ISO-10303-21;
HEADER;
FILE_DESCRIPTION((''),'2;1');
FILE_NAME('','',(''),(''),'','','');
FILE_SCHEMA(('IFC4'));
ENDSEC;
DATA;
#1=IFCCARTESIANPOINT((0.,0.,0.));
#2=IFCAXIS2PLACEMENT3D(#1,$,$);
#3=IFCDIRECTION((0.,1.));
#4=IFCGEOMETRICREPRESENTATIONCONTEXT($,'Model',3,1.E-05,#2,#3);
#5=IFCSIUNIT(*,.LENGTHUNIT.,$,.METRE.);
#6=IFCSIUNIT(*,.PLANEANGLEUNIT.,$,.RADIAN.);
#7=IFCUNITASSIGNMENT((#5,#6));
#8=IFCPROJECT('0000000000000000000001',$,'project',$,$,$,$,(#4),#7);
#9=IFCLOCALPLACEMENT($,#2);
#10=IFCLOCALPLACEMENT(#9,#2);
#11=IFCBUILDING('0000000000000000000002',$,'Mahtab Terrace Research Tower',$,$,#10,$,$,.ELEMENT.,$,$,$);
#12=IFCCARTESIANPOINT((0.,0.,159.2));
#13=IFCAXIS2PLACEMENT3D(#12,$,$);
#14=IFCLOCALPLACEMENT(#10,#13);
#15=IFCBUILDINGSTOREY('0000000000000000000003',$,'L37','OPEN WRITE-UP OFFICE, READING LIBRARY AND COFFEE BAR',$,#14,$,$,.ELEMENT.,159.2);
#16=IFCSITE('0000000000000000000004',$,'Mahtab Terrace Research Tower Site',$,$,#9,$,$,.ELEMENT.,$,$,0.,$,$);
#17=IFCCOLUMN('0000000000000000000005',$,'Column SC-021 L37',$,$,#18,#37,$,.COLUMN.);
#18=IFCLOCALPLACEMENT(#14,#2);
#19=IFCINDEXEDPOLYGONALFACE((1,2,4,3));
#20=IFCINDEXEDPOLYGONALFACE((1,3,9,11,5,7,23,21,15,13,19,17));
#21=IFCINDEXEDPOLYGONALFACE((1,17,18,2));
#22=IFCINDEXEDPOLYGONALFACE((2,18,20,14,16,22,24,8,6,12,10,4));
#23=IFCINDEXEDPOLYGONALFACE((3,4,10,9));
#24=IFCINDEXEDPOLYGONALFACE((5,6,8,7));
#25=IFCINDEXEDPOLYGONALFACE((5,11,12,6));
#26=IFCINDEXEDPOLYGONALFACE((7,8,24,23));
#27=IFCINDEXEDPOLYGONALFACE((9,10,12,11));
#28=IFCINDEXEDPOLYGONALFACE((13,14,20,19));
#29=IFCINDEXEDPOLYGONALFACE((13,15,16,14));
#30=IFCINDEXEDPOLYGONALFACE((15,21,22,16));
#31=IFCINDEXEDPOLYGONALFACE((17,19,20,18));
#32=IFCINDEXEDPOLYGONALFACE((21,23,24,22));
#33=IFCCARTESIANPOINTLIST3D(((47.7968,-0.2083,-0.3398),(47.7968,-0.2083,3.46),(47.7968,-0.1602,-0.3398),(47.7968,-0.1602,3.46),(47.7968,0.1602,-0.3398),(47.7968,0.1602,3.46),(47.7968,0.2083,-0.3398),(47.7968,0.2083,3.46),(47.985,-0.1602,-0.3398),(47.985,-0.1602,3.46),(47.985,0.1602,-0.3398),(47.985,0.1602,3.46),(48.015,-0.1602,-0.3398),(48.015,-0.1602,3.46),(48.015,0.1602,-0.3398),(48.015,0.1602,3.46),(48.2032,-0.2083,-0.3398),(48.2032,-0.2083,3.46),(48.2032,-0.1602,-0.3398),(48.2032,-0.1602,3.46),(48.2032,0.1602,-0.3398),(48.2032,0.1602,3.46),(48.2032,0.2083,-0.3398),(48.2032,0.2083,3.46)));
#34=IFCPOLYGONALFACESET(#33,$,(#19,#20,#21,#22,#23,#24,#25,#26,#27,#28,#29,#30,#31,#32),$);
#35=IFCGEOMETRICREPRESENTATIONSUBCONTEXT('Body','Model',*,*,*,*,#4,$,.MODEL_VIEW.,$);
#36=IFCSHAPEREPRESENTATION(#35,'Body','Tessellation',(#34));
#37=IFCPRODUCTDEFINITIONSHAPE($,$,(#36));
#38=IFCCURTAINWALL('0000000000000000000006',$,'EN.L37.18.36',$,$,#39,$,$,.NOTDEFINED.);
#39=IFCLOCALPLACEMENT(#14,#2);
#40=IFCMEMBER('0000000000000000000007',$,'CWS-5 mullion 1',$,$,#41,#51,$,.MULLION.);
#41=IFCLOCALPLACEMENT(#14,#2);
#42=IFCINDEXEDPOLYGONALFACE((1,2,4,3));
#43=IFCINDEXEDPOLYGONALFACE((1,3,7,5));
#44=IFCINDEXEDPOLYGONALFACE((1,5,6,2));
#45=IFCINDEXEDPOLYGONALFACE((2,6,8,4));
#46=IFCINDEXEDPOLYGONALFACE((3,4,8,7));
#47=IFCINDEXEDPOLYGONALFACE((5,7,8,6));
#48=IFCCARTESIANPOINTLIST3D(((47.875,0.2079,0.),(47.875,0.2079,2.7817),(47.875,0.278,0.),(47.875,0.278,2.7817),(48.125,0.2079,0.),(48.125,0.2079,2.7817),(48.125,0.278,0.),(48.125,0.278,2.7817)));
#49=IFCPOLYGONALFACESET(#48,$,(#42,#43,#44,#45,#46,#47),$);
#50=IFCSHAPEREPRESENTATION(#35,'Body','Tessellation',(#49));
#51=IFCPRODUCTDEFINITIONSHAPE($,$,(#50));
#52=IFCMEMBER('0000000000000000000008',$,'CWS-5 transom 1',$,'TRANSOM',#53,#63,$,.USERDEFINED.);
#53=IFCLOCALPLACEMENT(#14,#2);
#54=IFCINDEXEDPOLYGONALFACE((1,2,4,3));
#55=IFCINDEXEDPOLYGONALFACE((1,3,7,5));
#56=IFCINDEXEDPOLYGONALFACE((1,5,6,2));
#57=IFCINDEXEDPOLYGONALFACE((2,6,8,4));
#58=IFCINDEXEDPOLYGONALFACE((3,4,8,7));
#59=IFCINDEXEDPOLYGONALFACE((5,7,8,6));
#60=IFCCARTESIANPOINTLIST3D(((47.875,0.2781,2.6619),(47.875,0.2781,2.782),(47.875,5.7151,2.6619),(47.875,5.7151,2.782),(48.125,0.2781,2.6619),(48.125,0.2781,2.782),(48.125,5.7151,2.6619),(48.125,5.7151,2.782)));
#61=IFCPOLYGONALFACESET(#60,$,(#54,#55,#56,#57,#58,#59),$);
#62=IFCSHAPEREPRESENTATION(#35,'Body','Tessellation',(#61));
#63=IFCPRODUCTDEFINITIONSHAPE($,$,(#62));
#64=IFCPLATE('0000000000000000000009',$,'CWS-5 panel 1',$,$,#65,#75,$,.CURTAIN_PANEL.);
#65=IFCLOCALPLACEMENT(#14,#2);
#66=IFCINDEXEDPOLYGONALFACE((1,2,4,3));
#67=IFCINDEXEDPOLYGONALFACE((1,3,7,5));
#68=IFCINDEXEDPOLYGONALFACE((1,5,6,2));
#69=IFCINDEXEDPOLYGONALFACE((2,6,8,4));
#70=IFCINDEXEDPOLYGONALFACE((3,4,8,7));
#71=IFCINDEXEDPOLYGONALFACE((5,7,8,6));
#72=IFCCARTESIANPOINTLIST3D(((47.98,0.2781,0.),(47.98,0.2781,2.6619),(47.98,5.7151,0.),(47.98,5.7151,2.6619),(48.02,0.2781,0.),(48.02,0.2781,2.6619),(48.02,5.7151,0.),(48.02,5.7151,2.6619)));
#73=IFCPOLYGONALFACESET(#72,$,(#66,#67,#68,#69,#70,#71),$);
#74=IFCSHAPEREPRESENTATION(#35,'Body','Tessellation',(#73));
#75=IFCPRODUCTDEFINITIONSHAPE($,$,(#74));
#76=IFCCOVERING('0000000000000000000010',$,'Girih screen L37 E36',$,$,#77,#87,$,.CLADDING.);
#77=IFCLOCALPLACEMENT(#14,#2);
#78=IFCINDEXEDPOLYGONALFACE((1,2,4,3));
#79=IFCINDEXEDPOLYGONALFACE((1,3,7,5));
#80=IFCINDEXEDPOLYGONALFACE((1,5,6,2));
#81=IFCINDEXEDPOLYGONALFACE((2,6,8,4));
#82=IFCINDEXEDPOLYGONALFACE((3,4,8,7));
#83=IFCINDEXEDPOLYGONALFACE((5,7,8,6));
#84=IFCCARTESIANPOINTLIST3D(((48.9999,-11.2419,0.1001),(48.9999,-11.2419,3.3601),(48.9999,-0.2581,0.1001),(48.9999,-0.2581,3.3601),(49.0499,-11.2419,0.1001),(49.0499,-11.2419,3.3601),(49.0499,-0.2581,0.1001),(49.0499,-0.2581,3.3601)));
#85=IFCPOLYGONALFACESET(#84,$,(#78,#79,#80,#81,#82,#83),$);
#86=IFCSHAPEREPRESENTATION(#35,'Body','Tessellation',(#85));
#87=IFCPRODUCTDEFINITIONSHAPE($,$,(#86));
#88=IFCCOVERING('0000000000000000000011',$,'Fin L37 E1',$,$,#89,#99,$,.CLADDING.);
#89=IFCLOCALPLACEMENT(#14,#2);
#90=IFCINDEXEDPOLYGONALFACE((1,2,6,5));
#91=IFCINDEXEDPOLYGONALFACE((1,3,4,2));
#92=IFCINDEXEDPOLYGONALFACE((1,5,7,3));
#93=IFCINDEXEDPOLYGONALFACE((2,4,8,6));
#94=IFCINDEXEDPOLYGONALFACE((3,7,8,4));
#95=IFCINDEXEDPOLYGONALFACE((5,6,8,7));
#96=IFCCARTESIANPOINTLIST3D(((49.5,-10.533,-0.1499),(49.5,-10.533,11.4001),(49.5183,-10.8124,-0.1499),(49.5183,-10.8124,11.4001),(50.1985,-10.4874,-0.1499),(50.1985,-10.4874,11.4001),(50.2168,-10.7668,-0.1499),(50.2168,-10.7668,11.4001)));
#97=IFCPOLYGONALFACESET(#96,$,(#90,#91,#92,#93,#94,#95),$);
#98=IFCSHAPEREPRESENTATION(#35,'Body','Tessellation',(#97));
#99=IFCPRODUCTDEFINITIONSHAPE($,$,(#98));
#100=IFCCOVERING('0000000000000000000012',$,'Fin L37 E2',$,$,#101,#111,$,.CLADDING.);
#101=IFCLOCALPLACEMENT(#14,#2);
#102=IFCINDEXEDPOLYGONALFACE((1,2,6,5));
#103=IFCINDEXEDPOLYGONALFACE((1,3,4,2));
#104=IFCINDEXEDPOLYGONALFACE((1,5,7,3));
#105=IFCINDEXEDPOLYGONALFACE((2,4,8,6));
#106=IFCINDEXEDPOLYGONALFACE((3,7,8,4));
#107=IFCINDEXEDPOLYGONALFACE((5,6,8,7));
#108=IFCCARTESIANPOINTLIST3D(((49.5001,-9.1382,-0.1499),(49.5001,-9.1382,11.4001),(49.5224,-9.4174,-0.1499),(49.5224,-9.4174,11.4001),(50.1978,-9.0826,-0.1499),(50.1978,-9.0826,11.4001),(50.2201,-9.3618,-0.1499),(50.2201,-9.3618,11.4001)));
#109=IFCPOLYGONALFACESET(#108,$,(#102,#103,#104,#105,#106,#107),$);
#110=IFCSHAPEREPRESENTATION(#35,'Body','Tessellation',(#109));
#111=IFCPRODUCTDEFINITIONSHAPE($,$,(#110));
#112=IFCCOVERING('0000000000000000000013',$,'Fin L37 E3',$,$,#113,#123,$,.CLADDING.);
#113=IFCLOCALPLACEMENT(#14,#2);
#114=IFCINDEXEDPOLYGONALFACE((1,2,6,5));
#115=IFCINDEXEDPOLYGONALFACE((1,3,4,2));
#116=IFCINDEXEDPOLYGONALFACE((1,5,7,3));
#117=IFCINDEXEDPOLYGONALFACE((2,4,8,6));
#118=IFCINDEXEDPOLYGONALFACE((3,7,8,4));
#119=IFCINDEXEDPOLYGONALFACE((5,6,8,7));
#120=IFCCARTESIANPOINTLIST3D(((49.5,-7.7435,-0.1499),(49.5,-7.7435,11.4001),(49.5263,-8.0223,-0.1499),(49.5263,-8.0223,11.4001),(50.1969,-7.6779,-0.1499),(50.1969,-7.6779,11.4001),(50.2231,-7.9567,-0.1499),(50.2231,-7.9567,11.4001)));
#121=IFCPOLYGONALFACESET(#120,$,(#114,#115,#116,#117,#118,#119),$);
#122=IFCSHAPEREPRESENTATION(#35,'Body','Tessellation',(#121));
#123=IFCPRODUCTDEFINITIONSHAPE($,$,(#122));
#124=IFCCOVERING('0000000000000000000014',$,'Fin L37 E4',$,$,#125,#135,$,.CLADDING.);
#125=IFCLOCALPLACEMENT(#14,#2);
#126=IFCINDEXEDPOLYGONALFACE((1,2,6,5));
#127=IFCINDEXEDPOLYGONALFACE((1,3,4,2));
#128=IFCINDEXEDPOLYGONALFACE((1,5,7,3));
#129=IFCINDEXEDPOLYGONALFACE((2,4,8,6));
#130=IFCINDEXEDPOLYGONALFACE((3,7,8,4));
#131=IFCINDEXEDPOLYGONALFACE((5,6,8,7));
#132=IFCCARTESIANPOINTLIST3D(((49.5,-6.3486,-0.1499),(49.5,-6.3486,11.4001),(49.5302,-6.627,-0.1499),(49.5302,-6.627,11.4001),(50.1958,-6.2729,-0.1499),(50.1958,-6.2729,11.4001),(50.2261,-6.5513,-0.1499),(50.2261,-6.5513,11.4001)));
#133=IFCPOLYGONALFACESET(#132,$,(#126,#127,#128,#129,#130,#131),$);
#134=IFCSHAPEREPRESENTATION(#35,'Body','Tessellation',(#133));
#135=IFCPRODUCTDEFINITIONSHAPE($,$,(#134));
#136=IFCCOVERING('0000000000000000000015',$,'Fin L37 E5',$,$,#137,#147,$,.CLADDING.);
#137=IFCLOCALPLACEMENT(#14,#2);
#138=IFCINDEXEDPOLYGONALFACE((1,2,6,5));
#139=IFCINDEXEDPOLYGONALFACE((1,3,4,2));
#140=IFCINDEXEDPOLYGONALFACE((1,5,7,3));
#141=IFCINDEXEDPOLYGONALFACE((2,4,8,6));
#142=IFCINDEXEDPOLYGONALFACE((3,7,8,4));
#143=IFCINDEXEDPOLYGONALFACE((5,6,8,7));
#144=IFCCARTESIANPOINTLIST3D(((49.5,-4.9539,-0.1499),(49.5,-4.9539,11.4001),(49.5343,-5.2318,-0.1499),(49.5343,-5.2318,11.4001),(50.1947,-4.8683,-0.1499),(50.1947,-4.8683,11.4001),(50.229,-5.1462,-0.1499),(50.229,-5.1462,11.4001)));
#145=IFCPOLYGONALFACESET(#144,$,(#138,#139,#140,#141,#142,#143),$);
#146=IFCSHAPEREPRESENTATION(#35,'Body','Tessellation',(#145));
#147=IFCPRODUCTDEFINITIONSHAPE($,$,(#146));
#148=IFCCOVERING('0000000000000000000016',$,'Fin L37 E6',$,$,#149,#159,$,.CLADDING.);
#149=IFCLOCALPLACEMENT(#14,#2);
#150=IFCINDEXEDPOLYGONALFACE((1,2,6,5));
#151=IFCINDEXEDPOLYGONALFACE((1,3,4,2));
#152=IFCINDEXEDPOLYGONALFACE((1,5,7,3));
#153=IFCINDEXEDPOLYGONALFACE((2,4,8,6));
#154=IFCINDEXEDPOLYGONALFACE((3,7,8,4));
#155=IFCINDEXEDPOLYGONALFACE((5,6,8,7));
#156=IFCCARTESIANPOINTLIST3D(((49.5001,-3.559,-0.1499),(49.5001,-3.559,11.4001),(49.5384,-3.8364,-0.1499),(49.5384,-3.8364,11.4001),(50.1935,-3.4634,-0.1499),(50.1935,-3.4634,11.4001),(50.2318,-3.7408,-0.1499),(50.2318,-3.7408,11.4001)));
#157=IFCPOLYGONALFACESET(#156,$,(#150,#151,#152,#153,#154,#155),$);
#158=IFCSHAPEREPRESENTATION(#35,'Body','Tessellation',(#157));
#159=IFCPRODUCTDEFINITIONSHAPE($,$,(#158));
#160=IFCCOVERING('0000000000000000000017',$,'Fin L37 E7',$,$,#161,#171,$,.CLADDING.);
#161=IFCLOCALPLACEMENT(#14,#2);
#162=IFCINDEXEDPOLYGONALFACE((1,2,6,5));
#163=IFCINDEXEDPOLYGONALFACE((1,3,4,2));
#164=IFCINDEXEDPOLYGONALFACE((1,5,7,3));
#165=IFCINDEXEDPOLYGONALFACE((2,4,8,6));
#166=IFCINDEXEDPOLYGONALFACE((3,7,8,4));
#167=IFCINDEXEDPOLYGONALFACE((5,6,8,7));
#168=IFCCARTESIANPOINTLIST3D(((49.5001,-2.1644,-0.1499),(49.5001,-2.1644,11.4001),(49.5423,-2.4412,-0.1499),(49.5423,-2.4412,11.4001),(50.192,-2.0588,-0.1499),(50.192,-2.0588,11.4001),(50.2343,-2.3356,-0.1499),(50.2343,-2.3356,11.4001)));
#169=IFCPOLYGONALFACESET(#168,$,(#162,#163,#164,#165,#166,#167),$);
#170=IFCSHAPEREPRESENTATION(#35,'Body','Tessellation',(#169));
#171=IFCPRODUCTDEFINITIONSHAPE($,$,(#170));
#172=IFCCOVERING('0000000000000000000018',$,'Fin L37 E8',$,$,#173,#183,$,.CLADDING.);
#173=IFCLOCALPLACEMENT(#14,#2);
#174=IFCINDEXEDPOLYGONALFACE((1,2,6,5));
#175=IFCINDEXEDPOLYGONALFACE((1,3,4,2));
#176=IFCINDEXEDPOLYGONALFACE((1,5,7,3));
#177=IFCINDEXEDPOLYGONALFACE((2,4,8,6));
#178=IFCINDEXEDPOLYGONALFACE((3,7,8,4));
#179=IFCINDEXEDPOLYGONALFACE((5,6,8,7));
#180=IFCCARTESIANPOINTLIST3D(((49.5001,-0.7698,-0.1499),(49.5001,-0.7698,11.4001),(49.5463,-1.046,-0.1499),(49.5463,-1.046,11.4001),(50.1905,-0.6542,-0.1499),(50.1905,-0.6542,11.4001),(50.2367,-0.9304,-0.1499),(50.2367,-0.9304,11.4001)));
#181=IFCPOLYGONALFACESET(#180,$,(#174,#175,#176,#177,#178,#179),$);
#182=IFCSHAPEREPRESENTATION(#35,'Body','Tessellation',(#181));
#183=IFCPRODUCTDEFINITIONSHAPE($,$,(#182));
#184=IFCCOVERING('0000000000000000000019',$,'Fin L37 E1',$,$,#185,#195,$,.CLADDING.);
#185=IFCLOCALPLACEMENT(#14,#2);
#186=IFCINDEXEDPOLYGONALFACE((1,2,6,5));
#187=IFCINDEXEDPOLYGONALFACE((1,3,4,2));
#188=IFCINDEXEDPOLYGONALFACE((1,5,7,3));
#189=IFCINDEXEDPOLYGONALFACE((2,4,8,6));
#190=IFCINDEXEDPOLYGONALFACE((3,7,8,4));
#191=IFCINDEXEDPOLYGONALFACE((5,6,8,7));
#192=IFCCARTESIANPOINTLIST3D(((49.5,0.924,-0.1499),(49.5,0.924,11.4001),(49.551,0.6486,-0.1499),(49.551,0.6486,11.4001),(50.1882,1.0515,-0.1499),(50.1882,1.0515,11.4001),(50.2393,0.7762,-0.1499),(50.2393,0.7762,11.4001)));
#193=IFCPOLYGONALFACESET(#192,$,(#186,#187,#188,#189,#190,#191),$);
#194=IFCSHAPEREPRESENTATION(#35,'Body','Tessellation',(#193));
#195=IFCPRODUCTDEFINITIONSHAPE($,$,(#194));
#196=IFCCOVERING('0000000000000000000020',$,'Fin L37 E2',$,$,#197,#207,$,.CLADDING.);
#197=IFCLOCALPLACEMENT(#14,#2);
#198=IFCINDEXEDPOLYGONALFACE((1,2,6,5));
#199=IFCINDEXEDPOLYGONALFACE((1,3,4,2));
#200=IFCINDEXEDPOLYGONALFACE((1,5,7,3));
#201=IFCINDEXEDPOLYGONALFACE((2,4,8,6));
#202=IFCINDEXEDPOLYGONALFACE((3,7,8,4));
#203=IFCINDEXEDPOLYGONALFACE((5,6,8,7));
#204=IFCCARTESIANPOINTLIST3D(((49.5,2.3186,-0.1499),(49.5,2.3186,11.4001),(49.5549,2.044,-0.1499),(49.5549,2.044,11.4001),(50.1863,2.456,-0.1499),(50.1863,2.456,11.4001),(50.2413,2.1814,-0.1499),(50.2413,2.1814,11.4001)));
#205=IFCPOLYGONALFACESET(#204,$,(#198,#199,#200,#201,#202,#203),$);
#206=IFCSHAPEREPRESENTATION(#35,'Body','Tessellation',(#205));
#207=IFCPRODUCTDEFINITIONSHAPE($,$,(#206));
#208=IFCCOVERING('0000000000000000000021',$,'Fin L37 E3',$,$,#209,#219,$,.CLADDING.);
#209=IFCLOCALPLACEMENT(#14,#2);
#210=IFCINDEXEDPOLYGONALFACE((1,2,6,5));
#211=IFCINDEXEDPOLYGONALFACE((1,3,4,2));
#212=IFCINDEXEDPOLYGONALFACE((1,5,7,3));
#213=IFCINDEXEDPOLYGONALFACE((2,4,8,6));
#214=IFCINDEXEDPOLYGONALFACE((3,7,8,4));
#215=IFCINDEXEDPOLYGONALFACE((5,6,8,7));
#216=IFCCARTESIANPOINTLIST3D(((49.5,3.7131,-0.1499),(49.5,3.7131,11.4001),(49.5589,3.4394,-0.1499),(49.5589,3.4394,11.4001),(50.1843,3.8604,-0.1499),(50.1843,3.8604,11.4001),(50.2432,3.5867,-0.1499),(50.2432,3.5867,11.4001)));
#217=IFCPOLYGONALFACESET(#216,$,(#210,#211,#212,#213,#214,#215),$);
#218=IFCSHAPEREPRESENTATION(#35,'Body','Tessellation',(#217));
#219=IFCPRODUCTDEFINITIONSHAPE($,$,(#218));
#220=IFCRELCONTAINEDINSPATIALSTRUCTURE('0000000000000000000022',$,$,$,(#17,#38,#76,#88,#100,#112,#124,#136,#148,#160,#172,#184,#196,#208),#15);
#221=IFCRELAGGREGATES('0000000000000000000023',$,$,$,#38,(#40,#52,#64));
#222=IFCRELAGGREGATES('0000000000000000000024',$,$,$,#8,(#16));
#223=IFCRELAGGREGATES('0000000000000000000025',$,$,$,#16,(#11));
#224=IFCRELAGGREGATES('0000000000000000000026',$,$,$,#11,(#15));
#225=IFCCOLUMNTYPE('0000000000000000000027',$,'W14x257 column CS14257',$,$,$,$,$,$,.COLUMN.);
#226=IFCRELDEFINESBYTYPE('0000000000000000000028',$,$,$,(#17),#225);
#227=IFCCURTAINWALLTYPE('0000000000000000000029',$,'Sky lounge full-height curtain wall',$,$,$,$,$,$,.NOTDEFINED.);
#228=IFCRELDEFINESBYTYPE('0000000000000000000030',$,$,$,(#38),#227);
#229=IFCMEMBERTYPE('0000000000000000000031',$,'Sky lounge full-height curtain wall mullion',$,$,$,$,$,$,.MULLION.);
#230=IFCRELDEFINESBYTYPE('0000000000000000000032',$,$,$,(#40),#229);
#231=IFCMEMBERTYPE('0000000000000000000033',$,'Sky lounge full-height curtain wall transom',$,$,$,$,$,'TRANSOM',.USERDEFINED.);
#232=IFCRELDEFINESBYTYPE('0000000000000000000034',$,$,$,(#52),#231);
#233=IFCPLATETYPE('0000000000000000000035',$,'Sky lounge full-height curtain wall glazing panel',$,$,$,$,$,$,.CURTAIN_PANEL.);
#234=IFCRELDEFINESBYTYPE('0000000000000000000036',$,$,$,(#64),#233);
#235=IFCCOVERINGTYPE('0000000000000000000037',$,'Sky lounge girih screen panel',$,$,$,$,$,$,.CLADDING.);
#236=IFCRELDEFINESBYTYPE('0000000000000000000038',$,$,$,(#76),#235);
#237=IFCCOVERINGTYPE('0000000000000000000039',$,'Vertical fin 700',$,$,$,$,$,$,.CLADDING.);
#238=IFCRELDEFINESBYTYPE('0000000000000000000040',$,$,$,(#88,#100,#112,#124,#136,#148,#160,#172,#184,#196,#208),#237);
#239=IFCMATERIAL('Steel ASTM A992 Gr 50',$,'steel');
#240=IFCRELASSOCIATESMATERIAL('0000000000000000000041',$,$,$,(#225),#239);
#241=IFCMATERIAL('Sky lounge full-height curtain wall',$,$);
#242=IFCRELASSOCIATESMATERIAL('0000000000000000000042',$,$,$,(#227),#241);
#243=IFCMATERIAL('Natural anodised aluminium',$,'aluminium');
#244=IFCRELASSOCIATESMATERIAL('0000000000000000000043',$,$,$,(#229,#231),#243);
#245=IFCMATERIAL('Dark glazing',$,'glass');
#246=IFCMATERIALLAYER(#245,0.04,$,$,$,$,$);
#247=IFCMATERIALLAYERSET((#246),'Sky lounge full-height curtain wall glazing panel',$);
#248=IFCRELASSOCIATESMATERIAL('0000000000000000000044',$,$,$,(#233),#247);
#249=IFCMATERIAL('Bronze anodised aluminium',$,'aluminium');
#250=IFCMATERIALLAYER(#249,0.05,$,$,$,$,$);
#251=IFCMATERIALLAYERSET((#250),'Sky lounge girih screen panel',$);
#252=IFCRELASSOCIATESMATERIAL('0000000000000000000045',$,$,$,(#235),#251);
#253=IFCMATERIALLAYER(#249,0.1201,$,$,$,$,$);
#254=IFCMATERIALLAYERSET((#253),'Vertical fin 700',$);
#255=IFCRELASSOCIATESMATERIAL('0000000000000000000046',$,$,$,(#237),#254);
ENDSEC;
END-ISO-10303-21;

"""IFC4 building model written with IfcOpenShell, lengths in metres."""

from ifc_helpers import new_model, si_unit, direction, frame, origin, origin_2d, place, context, subcontext, project, spatial, rectangle, i_section, extrude, material, layer, layer_set, material_profile, profile_set, type_object, element, aggregate, save


model = new_model("IFC4")

# Units and contexts
model_context = context("Model", 3, precision=1e-05, world=origin(), true_north=direction((0.0, 1.0)))
body_context = subcontext(model_context, "Body", "Model", "MODEL_VIEW")
ifc_project = project(units=[si_unit("LENGTHUNIT", "METRE"), si_unit("PLANEANGLEUNIT", "RADIAN")], contexts=[model_context])

# Site, building, storey
site_placement = place(None, origin())
site = spatial("IfcSite", under=ifc_project, at=site_placement, Name="Mahtab Terrace Research Tower Site", CompositionType="ELEMENT", RefElevation=0.0)
building_placement = place(site_placement, origin())
building = spatial("IfcBuilding", under=site, at=building_placement, Name="Mahtab Terrace Research Tower", CompositionType="ELEMENT")
storey_placement = place(building_placement, frame((0.0, 0.0, 159.2)))
storey = spatial("IfcBuildingStorey", under=building, at=storey_placement, Name="L37", Description="OPEN WRITE-UP OFFICE, READING LIBRARY AND COFFEE BAR", CompositionType="ELEMENT", Elevation=159.2)

# Column
ifc_material_1 = material(Name="Steel ASTM A992 Gr 50", Category="steel")
ifc_material_profile_1 = material_profile(ifc_material_1, i_section(OverallWidth=0.4065, OverallDepth=0.4165, WebThickness=0.03, FlangeThickness=0.0481, at=origin_2d()), Name="W14X257")
ifc_profile_set_1 = profile_set([ifc_material_profile_1], Name="Steel ASTM A992 Gr 50")
column_type = type_object("IfcColumnType", Name="W14x257 column CS14257", PredefinedType="COLUMN", material=ifc_profile_set_1)
column_placement = place(storey_placement, frame((48.0, 0.0, -0.3398), z_axis=(0.0, 0.0, 1.0), x_axis=(1.0, 0.0, 0.0)))
element("IfcColumn", 1, at=column_placement, inside=storey, type_object=column_type, Name="Column SC-021 L37", PredefinedType="COLUMN", context=body_context, shape_type="SweptSolid", body=[
    extrude(i_section(OverallWidth=0.4065, OverallDepth=0.4165, WebThickness=0.03, FlangeThickness=0.0481, at=origin_2d()), origin(), (0.0, 0.0, 1.0), 3.7998),
])

# Curtain wall, members, plate
ifc_material_2 = material(Name="Sky lounge full-height curtain wall")
curtain_wall_type = type_object("IfcCurtainWallType", Name="Sky lounge full-height curtain wall", PredefinedType="NOTDEFINED", material=ifc_material_2)
curtain_wall_placement = place(storey_placement, origin())
curtain_wall = element("IfcCurtainWall", 2, at=curtain_wall_placement, inside=storey, type_object=curtain_wall_type, Name="EN.L37.18.36", PredefinedType="NOTDEFINED")
ifc_material_3 = material(Name="Natural anodised aluminium", Category="aluminium")
ifc_material_profile_2 = material_profile(ifc_material_3, rectangle(XDim=0.25, YDim=0.0701, at=origin_2d()), Name="MULLION 70x250")
ifc_profile_set_2 = profile_set([ifc_material_profile_2], Name="Natural anodised aluminium")
member_type_1 = type_object("IfcMemberType", Name="Sky lounge full-height curtain wall mullion", PredefinedType="MULLION", material=ifc_profile_set_2)
member_1_placement = place(storey_placement, frame((48.0, 0.2429, 0.0), z_axis=(0.0, 0.0, 1.0), x_axis=(-1.0, 0.0, 0.0)))
member_1 = element("IfcMember", 3, at=member_1_placement, type_object=member_type_1, Name="CWS-5 mullion 1", PredefinedType="MULLION", context=body_context, shape_type="SweptSolid", body=[
    extrude(rectangle(XDim=0.25, YDim=0.0701, at=origin_2d()), origin(), (0.0, 0.0, 1.0), 2.7817),
])
ifc_material_profile_3 = material_profile(ifc_material_3, rectangle(XDim=0.25, YDim=0.1201, at=origin_2d()), Name="TRANSOM 120x250")
ifc_profile_set_3 = profile_set([ifc_material_profile_3], Name="Natural anodised aluminium")
member_type_2 = type_object("IfcMemberType", Name="Sky lounge full-height curtain wall transom", ElementType="TRANSOM", PredefinedType="USERDEFINED", material=ifc_profile_set_3)
member_2_placement = place(storey_placement, frame((48.0, 0.2781, 2.7219), z_axis=(0.0, 1.0, 0.0), x_axis=(-1.0, 0.0, 0.0)))
member_2 = element("IfcMember", 4, at=member_2_placement, type_object=member_type_2, Name="CWS-5 transom 1", ObjectType="TRANSOM", PredefinedType="USERDEFINED", context=body_context, shape_type="SweptSolid", body=[
    extrude(rectangle(XDim=0.25, YDim=0.1201, at=origin_2d()), origin(), (0.0, 0.0, 1.0), 5.437),
])
ifc_material_4 = material(Name="Dark glazing", Category="glass")
ifc_layer_1 = layer(ifc_material_4, 0.04)
ifc_layer_set_1 = layer_set([ifc_layer_1], Name="Sky lounge full-height curtain wall glazing panel")
plate_type = type_object("IfcPlateType", Name="Sky lounge full-height curtain wall glazing panel", PredefinedType="CURTAIN_PANEL", material=ifc_layer_set_1)
plate_placement = place(storey_placement, frame((48.0, 2.9966, 0.0), z_axis=(0.0, 0.0, 1.0), x_axis=(0.0, 1.0, 0.0)))
plate = element("IfcPlate", 5, at=plate_placement, type_object=plate_type, Name="CWS-5 panel 1", PredefinedType="CURTAIN_PANEL", context=body_context, shape_type="SweptSolid", body=[
    extrude(rectangle(XDim=5.437, YDim=0.04, at=origin_2d()), origin(), (0.0, 0.0, 1.0), 2.6619),
])
aggregate(curtain_wall, [member_1, member_2, plate])

# Coverings
ifc_material_5 = material(Name="Bronze anodised aluminium", Category="aluminium")
ifc_layer_2 = layer(ifc_material_5, 0.05)
ifc_layer_set_2 = layer_set([ifc_layer_2], Name="Sky lounge girih screen panel")
covering_type_1 = type_object("IfcCoveringType", Name="Sky lounge girih screen panel", PredefinedType="CLADDING", material=ifc_layer_set_2)
covering_placement = place(storey_placement, frame((49.0249, -5.75, 0.1001), z_axis=(0.0, 0.0, 1.0), x_axis=(0.0, 1.0, 0.0)))
element("IfcCovering", 6, at=covering_placement, inside=storey, type_object=covering_type_1, Name="Girih screen L37 E36", PredefinedType="CLADDING", context=body_context, shape_type="SweptSolid", body=[
    extrude(rectangle(XDim=10.9839, YDim=0.05, at=origin_2d()), origin(), (0.0, 0.0, 1.0), 3.26),
])
ifc_layer_3 = layer(ifc_material_5, 0.1201)
ifc_layer_set_3 = layer_set([ifc_layer_3], Name="Vertical fin 700")
covering_type_2 = type_object("IfcCoveringType", Name="Vertical fin 700", PredefinedType="CLADDING", material=ifc_layer_set_3)
for number, where, z_axis, x_axis, name in (
    (7, (49.8584, -10.6499, -0.1499), (0.0, 0.0, 1.0), (-0.065147, 0.997876, 0.0), "Fin L37 E1"),
    (8, (49.8601, -9.25, -0.1499), (0.0, 0.0, 1.0), (-0.079483, 0.996836, 0.0), "Fin L37 E2"),
    (9, (49.8616, -7.8501, -0.1499), (0.0, 0.0, 1.0), (-0.093802, 0.995591, 0.0), "Fin L37 E3"),
    (10, (49.863, -6.45, -0.1499), (0.0, 0.0, 1.0), (-0.108101, 0.99414, 0.0), "Fin L37 E4"),
    (11, (49.8645, -5.05, -0.1499), (0.0, 0.0, 1.0), (-0.122379, 0.992483, 0.0), "Fin L37 E5"),
    (12, (49.866, -3.6499, -0.1499), (0.0, 0.0, 1.0), (-0.136631, 0.990622, 0.0), "Fin L37 E6"),
    (13, (49.8672, -2.25, -0.1499), (0.0, 0.0, 1.0), (-0.150855, 0.988556, 0.0), "Fin L37 E7"),
    (14, (49.8684, -0.8501, -0.1499), (0.0, 0.0, 1.0), (-0.165048, 0.986286, 0.0), "Fin L37 E8"),
    (15, (49.8696, 0.8501, -0.1499), (0.0, 0.0, 1.0), (-0.182236, 0.983255, 0.0), "Fin L37 E1"),
    (16, (49.8706, 2.25, -0.1499), (0.0, 0.0, 1.0), (-0.196349, 0.980534, 0.0), "Fin L37 E2"),
    (17, (49.8716, 3.6499, -0.1499), (0.0, 0.0, 1.0), (-0.210422, 0.977611, 0.0), "Fin L37 E3"),
):
    element("IfcCovering", number, at=place(storey_placement, frame(where, z_axis=z_axis, x_axis=x_axis)), inside=storey, type_object=covering_type_2, Name=name, PredefinedType="CLADDING", context=body_context, shape_type="SweptSolid", body=[
        extrude(rectangle(XDim=0.28, YDim=0.7, at=origin_2d()), origin(), (0.0, 0.0, 1.0), 11.55),
    ])

save(model, "model.ifc")
